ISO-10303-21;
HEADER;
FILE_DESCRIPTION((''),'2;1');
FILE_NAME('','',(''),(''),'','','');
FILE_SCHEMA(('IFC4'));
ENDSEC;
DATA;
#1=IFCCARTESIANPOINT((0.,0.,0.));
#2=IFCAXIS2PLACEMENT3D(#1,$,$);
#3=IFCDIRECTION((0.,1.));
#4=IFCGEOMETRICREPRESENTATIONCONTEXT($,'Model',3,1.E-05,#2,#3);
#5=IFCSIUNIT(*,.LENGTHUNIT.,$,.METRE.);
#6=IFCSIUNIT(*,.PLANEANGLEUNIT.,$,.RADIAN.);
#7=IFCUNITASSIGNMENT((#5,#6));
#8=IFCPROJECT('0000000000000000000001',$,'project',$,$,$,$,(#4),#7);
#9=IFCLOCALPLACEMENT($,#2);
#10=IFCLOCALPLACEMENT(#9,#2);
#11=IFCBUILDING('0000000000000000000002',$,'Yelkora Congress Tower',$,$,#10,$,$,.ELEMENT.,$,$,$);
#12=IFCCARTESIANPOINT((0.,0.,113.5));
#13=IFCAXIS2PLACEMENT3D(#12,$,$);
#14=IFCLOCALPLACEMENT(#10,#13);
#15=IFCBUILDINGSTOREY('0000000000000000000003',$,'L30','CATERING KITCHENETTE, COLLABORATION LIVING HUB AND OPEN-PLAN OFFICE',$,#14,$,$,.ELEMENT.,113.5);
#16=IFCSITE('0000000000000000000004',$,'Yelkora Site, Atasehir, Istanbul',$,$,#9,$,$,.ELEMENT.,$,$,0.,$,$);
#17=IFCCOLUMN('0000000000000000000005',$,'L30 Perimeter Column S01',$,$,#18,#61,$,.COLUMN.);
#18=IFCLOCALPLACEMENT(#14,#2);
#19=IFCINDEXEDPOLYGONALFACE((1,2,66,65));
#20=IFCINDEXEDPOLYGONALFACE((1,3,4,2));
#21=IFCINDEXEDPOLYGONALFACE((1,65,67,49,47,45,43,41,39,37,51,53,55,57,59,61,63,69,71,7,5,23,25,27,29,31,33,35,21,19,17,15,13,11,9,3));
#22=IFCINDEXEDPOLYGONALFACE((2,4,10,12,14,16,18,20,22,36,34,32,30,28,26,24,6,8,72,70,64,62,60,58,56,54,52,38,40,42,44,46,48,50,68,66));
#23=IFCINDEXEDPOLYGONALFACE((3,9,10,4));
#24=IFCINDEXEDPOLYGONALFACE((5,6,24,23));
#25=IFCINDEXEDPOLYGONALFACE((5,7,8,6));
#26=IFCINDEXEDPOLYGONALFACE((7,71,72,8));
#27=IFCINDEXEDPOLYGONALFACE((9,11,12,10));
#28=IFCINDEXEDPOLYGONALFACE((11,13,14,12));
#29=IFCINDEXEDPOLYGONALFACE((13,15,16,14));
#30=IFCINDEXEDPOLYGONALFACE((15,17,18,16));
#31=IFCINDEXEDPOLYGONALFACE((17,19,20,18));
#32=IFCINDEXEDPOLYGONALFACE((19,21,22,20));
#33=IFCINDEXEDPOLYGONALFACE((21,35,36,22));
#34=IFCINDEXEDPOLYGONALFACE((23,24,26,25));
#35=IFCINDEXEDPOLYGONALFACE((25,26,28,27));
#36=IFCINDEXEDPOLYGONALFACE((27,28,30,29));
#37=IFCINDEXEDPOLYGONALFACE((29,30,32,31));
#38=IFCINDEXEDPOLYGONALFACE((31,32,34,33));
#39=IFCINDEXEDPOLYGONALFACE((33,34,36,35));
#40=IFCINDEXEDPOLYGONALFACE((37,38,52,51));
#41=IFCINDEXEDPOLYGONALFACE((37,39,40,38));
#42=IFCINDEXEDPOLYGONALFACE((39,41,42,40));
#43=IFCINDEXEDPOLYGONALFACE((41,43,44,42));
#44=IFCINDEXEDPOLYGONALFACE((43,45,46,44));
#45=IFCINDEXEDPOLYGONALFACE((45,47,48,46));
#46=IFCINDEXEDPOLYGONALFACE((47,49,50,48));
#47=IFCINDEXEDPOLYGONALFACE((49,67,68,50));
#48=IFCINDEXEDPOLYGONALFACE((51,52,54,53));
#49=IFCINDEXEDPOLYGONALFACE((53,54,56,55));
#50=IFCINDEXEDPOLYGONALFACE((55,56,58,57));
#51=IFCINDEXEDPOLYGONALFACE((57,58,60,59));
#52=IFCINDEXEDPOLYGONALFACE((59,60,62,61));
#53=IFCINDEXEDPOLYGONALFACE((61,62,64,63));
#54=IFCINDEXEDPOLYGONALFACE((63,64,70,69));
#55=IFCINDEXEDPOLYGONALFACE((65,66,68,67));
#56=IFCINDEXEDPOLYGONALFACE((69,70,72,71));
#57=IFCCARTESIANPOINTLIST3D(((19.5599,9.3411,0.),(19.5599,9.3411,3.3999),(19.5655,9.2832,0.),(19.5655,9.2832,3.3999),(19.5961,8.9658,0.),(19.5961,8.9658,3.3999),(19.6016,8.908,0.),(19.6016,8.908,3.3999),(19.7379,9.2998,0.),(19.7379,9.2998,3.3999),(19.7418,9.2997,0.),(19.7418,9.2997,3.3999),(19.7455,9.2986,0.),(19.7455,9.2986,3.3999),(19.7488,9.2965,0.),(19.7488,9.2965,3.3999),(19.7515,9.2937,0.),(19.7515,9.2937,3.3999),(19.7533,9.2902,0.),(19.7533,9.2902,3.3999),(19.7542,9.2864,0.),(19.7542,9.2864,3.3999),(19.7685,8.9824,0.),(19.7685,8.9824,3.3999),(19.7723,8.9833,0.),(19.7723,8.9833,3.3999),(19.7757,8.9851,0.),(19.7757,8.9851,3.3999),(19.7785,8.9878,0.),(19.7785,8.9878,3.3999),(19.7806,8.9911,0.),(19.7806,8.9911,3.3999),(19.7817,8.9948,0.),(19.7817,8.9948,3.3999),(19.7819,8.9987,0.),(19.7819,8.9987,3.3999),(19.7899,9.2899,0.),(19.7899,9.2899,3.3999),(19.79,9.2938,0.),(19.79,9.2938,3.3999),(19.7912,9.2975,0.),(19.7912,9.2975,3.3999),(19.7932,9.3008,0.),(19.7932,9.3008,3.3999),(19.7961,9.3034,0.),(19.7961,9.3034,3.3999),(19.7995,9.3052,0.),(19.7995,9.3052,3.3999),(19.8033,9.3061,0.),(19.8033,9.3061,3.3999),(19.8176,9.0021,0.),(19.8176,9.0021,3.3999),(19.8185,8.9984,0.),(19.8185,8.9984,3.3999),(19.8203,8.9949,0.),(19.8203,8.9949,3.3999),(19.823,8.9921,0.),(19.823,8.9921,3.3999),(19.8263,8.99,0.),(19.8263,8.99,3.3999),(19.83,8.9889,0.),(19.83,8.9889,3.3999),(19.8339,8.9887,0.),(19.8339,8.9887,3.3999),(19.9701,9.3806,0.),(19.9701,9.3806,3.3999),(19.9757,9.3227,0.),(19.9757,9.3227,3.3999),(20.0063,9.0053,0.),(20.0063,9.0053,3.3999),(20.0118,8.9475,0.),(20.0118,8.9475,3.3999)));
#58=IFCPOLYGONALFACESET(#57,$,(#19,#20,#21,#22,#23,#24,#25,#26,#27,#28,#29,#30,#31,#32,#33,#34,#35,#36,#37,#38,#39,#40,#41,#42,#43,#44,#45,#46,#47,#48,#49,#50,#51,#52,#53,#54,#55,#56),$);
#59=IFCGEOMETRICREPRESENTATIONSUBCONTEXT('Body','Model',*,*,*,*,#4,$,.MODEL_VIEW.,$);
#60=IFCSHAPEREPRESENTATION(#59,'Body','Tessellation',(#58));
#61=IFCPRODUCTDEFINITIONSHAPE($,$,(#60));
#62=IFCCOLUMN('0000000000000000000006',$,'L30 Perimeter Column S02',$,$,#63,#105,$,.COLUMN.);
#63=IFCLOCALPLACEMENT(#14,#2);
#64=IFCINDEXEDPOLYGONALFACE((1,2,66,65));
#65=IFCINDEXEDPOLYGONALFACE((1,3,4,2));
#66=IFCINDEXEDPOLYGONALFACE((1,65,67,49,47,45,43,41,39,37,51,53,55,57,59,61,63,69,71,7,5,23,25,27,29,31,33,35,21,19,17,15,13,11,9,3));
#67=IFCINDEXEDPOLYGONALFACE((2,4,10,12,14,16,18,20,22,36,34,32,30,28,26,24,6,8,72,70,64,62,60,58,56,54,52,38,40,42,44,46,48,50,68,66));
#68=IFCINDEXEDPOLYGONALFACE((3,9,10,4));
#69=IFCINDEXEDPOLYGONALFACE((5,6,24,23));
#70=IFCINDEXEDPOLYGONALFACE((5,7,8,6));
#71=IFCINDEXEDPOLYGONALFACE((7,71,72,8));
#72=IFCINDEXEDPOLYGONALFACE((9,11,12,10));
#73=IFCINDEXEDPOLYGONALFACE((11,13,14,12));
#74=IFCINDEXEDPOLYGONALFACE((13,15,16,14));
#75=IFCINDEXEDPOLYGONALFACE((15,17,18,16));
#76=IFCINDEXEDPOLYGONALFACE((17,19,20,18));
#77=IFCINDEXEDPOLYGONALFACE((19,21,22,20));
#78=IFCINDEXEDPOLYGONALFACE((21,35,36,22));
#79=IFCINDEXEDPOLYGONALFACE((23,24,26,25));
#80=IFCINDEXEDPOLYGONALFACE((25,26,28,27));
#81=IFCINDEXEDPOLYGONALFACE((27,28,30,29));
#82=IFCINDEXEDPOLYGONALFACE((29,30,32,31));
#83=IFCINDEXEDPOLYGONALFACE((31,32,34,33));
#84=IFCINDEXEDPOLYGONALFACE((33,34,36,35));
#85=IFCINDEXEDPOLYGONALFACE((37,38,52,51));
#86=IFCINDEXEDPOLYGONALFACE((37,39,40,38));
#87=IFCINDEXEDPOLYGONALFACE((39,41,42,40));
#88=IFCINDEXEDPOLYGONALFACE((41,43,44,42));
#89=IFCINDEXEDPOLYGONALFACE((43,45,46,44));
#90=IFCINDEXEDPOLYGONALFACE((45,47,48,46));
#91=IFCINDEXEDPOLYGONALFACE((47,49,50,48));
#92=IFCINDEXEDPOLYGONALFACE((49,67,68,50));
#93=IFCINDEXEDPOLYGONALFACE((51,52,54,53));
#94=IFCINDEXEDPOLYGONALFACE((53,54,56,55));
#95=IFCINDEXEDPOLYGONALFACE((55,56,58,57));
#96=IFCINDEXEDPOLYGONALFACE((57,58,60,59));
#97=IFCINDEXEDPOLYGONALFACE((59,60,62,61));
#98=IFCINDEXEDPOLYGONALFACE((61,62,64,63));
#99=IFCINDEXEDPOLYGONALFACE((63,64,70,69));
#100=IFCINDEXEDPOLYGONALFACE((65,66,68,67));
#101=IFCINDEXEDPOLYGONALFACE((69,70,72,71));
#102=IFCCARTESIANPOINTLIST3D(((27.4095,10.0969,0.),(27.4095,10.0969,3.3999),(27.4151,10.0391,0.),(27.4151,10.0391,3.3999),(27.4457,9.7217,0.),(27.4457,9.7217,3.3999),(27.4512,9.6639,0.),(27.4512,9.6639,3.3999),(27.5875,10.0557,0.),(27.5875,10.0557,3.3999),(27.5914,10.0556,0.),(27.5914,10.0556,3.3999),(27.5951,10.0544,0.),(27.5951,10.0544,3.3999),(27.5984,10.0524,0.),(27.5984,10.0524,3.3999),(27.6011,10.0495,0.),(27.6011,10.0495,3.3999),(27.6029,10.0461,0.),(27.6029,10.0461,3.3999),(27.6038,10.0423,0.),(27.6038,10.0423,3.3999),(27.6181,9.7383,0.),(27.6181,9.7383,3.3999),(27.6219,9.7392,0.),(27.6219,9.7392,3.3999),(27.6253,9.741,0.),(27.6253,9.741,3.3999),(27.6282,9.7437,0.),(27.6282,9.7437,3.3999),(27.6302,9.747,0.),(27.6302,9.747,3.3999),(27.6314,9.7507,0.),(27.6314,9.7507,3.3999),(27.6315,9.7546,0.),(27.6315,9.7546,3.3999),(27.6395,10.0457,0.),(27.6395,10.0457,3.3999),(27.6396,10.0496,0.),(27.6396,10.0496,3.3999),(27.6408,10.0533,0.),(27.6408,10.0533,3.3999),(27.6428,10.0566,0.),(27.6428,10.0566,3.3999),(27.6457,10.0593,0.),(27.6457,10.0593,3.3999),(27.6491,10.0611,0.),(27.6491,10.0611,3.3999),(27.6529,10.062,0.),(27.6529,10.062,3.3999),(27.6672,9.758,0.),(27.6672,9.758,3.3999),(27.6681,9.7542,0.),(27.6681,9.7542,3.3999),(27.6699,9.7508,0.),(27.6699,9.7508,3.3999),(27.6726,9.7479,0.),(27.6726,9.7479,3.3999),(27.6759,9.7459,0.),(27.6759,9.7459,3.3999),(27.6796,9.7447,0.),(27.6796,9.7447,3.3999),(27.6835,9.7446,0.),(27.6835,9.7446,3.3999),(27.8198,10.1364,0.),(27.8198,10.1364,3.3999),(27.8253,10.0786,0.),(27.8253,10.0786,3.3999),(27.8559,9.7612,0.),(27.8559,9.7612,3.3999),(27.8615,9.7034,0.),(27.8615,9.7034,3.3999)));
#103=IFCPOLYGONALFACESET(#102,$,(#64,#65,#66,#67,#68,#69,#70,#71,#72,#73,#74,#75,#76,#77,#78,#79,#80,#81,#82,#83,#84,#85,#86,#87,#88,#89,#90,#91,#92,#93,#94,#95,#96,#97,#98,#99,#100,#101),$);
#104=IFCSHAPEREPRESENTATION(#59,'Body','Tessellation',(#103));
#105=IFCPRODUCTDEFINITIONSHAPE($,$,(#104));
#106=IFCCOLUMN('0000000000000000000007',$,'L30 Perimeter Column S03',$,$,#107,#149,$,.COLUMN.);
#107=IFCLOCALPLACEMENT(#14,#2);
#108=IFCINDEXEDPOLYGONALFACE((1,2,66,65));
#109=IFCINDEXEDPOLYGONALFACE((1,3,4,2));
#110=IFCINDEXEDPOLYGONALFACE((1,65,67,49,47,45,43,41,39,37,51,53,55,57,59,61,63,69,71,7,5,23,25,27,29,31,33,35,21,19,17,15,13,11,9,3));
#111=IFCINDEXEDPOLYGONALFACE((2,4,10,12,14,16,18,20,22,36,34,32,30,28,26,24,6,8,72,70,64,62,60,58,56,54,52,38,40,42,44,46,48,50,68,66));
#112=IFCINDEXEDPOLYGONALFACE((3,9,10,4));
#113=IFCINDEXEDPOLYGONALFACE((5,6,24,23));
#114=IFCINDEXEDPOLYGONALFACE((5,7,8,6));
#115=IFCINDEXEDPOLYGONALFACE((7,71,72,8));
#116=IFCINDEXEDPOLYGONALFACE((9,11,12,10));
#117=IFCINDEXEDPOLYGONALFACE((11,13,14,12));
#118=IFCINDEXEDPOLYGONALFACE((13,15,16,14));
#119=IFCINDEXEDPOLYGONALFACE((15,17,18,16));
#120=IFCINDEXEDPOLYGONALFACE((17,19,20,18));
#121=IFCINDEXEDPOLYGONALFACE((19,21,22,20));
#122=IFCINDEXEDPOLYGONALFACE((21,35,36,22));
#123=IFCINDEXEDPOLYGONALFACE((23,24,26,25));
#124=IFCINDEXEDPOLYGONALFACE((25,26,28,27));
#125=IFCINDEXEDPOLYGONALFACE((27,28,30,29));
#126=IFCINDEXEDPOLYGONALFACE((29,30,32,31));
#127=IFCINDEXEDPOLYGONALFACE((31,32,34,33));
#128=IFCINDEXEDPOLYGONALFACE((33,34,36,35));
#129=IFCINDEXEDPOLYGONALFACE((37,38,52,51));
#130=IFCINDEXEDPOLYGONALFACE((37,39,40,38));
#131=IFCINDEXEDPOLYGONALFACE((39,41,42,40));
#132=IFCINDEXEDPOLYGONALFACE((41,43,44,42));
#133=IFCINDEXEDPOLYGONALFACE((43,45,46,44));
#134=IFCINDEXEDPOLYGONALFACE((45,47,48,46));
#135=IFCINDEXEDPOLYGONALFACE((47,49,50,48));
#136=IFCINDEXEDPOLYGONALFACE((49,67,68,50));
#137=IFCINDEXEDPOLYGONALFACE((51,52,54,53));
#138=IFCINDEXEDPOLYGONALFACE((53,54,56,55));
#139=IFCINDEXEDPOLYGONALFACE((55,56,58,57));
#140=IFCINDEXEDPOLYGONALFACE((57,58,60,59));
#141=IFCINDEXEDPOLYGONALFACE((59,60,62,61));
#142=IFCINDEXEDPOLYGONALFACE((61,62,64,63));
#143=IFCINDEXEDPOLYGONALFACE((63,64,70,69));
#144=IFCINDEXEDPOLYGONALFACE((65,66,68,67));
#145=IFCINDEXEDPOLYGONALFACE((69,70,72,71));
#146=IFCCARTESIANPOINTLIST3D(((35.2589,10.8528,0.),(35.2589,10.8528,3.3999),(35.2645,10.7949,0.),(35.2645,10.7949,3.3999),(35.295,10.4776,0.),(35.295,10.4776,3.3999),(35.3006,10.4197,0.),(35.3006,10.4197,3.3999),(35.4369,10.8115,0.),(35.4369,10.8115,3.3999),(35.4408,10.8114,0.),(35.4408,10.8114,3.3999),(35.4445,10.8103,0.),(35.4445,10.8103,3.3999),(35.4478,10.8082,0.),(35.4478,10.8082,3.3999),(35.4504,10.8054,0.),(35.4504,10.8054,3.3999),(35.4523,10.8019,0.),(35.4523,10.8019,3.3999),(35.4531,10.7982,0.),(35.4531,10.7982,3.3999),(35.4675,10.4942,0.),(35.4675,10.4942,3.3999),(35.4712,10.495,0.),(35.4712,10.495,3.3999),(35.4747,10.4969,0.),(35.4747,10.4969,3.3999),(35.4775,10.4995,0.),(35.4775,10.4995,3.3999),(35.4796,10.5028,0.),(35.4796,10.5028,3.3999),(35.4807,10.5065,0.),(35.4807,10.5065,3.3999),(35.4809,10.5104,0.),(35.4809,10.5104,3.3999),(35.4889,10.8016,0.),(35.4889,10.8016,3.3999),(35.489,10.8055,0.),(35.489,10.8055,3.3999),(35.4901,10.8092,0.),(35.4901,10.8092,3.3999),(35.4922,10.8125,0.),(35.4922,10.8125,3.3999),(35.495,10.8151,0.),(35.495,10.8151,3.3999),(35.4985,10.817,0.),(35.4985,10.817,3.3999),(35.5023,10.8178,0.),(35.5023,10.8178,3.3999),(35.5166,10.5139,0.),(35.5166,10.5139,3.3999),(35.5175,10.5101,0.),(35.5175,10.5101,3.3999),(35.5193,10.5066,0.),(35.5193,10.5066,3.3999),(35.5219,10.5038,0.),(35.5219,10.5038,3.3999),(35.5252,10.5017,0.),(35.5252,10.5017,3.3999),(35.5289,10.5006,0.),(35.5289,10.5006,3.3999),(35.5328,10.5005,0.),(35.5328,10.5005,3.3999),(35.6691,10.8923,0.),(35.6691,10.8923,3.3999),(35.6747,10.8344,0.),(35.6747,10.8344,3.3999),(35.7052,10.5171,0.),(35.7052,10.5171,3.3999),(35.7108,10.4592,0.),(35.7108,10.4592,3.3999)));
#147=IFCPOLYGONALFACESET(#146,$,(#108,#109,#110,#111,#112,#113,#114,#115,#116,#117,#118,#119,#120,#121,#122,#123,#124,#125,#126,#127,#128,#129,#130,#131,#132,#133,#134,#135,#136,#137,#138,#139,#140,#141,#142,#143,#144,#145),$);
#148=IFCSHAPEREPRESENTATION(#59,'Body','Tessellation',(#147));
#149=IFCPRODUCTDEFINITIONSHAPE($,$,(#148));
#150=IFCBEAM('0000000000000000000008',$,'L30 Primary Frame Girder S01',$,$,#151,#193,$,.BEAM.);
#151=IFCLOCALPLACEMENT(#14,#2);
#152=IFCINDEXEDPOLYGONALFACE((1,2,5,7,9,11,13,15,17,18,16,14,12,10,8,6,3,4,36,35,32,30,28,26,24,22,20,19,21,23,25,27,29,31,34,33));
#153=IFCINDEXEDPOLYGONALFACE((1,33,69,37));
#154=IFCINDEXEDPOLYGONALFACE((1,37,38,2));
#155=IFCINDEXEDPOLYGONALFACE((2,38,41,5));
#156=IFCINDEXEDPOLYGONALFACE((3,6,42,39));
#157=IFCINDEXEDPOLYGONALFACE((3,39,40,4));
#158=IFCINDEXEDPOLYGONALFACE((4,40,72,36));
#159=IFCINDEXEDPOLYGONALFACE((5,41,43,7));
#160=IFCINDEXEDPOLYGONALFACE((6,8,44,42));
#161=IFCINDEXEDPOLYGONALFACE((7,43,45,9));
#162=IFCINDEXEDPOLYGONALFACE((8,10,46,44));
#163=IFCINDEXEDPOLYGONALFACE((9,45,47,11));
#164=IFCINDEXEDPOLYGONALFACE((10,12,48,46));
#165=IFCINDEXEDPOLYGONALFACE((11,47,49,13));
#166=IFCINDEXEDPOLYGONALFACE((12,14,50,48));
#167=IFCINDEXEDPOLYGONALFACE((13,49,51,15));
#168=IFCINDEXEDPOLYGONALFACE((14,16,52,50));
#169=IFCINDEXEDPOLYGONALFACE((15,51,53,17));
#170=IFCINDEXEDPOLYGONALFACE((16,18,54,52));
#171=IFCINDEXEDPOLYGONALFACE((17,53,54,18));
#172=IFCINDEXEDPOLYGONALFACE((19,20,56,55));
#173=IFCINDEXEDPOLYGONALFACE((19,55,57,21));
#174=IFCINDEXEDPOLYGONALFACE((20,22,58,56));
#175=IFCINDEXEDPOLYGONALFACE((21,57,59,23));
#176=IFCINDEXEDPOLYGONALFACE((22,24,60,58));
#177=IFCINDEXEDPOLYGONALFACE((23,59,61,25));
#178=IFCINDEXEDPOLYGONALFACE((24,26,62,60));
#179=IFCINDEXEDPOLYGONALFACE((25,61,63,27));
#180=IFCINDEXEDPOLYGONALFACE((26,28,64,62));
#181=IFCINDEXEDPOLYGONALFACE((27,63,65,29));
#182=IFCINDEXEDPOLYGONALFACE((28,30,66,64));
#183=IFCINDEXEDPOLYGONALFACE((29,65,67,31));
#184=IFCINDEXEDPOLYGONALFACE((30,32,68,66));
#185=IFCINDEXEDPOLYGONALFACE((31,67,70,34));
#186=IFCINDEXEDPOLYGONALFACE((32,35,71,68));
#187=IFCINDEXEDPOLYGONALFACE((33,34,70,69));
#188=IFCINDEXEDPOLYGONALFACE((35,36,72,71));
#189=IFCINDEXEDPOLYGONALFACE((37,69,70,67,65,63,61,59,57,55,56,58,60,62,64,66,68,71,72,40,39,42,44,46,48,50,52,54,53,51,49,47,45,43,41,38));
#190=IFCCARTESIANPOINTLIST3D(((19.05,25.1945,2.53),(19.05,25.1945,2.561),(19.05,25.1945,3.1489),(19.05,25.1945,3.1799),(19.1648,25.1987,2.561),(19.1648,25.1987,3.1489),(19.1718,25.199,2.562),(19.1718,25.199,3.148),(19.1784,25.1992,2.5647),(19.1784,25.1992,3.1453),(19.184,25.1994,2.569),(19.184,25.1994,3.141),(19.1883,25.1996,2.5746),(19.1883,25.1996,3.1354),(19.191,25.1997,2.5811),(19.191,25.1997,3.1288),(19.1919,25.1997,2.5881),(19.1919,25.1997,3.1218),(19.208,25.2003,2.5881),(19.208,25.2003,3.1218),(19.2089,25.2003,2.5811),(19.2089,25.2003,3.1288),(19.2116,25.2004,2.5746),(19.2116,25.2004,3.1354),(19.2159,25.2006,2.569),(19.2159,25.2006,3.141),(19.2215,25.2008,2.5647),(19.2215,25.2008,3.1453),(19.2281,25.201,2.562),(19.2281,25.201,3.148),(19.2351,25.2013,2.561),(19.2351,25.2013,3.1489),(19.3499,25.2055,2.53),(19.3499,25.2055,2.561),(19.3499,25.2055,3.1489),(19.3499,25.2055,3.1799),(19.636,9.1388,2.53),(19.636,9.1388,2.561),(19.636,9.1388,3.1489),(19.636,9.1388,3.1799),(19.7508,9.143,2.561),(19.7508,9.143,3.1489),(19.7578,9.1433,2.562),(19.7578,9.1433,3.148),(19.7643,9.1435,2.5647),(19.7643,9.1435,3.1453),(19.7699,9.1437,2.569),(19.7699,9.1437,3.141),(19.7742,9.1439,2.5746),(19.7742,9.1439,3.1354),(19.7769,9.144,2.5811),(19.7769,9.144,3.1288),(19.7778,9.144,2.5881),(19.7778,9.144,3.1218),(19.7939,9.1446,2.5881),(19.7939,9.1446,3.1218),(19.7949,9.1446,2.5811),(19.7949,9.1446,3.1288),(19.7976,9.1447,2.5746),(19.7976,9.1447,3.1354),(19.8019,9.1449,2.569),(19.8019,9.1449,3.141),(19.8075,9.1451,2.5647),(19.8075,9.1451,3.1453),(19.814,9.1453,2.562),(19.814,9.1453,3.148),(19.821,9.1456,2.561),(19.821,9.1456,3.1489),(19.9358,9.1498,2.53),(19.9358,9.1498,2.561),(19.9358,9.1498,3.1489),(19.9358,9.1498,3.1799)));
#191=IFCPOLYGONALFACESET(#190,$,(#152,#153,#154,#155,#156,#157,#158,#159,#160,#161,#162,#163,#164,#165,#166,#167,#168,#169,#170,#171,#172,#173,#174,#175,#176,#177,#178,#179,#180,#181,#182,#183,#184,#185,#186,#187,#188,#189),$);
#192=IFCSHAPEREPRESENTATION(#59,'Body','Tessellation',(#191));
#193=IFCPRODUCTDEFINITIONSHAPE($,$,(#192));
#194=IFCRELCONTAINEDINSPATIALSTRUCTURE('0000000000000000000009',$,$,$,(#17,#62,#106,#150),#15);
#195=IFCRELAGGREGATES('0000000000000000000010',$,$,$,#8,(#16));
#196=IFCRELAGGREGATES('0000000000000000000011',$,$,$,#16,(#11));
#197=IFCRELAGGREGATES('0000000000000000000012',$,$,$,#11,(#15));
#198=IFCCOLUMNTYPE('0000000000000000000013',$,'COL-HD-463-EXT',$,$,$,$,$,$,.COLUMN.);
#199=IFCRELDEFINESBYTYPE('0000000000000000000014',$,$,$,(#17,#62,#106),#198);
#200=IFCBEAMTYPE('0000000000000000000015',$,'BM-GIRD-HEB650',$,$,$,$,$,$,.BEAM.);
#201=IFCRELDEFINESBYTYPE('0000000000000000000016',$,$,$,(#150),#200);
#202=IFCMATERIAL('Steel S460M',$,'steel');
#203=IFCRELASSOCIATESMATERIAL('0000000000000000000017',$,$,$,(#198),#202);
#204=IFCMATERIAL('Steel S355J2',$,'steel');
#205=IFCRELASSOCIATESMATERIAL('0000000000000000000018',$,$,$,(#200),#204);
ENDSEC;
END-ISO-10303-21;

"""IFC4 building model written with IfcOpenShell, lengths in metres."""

from ifc_helpers import new_model, si_unit, direction, frame, origin, origin_2d, place, context, subcontext, project, spatial, i_section, extrude, material, material_profile, profile_set, type_object, element, save


model = new_model("IFC4")

# Units and contexts
model_context = context("Model", 3, precision=1e-05, world=origin(), true_north=direction((0.0, 1.0)))
body_context = subcontext(model_context, "Body", "Model", "MODEL_VIEW")
ifc_project = project(units=[si_unit("LENGTHUNIT", "METRE"), si_unit("PLANEANGLEUNIT", "RADIAN")], contexts=[model_context])

# Site, building, storey
site_placement = place(None, origin())
site = spatial("IfcSite", under=ifc_project, at=site_placement, Name="Yelkora Site, Atasehir, Istanbul", CompositionType="ELEMENT", RefElevation=0.0)
building_placement = place(site_placement, origin())
building = spatial("IfcBuilding", under=site, at=building_placement, Name="Yelkora Congress Tower", CompositionType="ELEMENT")
storey_placement = place(building_placement, frame((0.0, 0.0, 113.5)))
storey = spatial("IfcBuildingStorey", under=building, at=storey_placement, Name="L30", Description="CATERING KITCHENETTE, COLLABORATION LIVING HUB AND OPEN-PLAN OFFICE", CompositionType="ELEMENT", Elevation=113.5)

# Columns
ifc_material_1 = material(Name="Steel S460M", Category="steel")
ifc_material_profile_1 = material_profile(ifc_material_1, i_section(OverallWidth=0.4121, OverallDepth=0.4351, WebThickness=0.0359, FlangeThickness=0.0581, FilletRadius=0.0149, at=origin_2d()), Name="HD 400x463")
ifc_profile_set_1 = profile_set([ifc_material_profile_1], Name="Steel S460M")
column_type = type_object("IfcColumnType", Name="COL-HD-463-EXT", PredefinedType="COLUMN", material=ifc_profile_set_1)
for number, where, z_axis, x_axis, name in (
    (1, (19.7859, 9.1443, 0.0), (0.0, 0.0, 1.0), (0.995396, 0.095846, 0.0), "L30 Perimeter Column S01"),
    (2, (27.6355, 9.9001, 0.0), (0.0, 0.0, 1.0), (0.995396, 0.095846, 0.0), "L30 Perimeter Column S02"),
    (3, (35.4849, 10.656, 0.0), (0.0, 0.0, 1.0), (0.995396, 0.095846, 0.0), "L30 Perimeter Column S03"),
):
    element("IfcColumn", number, at=place(storey_placement, frame(where, z_axis=z_axis, x_axis=x_axis)), inside=storey, type_object=column_type, Name=name, PredefinedType="COLUMN", context=body_context, shape_type="SweptSolid", body=[
        extrude(i_section(OverallWidth=0.4121, OverallDepth=0.4351, WebThickness=0.0359, FlangeThickness=0.0581, FilletRadius=0.0149, at=origin_2d()), origin(), (0.0, 0.0, 1.0), 3.3999),
    ])

# Beam
ifc_material_2 = material(Name="Steel S355J2", Category="steel")
ifc_material_profile_2 = material_profile(ifc_material_2, i_section(OverallWidth=0.3, OverallDepth=0.6499, WebThickness=0.0161, FlangeThickness=0.031, FilletRadius=0.0271, at=origin_2d()), Name="HEB 650")
ifc_profile_set_2 = profile_set([ifc_material_profile_2], Name="Steel S355J2")
beam_type_1 = type_object("IfcBeamType", Name="BM-GIRD-HEB650", PredefinedType="BEAM", material=ifc_profile_set_2)
beam_1_placement = place(storey_placement, frame((19.7859, 9.1443, 2.855), z_axis=(-0.03647, 0.999335, 0.0), x_axis=(-0.999335, -0.03647, 0.0)))
element("IfcBeam", 4, at=beam_1_placement, inside=storey, type_object=beam_type_1, Name="L30 Primary Frame Girder S01", PredefinedType="BEAM", context=body_context, shape_type="SweptSolid", body=[
    extrude(i_section(OverallWidth=0.3, OverallDepth=0.6499, WebThickness=0.0161, FlangeThickness=0.031, FilletRadius=0.0271, at=origin_2d()), origin(), (0.0, 0.0, 1.0), 16.0664),
])

save(model, "model.ifc")
